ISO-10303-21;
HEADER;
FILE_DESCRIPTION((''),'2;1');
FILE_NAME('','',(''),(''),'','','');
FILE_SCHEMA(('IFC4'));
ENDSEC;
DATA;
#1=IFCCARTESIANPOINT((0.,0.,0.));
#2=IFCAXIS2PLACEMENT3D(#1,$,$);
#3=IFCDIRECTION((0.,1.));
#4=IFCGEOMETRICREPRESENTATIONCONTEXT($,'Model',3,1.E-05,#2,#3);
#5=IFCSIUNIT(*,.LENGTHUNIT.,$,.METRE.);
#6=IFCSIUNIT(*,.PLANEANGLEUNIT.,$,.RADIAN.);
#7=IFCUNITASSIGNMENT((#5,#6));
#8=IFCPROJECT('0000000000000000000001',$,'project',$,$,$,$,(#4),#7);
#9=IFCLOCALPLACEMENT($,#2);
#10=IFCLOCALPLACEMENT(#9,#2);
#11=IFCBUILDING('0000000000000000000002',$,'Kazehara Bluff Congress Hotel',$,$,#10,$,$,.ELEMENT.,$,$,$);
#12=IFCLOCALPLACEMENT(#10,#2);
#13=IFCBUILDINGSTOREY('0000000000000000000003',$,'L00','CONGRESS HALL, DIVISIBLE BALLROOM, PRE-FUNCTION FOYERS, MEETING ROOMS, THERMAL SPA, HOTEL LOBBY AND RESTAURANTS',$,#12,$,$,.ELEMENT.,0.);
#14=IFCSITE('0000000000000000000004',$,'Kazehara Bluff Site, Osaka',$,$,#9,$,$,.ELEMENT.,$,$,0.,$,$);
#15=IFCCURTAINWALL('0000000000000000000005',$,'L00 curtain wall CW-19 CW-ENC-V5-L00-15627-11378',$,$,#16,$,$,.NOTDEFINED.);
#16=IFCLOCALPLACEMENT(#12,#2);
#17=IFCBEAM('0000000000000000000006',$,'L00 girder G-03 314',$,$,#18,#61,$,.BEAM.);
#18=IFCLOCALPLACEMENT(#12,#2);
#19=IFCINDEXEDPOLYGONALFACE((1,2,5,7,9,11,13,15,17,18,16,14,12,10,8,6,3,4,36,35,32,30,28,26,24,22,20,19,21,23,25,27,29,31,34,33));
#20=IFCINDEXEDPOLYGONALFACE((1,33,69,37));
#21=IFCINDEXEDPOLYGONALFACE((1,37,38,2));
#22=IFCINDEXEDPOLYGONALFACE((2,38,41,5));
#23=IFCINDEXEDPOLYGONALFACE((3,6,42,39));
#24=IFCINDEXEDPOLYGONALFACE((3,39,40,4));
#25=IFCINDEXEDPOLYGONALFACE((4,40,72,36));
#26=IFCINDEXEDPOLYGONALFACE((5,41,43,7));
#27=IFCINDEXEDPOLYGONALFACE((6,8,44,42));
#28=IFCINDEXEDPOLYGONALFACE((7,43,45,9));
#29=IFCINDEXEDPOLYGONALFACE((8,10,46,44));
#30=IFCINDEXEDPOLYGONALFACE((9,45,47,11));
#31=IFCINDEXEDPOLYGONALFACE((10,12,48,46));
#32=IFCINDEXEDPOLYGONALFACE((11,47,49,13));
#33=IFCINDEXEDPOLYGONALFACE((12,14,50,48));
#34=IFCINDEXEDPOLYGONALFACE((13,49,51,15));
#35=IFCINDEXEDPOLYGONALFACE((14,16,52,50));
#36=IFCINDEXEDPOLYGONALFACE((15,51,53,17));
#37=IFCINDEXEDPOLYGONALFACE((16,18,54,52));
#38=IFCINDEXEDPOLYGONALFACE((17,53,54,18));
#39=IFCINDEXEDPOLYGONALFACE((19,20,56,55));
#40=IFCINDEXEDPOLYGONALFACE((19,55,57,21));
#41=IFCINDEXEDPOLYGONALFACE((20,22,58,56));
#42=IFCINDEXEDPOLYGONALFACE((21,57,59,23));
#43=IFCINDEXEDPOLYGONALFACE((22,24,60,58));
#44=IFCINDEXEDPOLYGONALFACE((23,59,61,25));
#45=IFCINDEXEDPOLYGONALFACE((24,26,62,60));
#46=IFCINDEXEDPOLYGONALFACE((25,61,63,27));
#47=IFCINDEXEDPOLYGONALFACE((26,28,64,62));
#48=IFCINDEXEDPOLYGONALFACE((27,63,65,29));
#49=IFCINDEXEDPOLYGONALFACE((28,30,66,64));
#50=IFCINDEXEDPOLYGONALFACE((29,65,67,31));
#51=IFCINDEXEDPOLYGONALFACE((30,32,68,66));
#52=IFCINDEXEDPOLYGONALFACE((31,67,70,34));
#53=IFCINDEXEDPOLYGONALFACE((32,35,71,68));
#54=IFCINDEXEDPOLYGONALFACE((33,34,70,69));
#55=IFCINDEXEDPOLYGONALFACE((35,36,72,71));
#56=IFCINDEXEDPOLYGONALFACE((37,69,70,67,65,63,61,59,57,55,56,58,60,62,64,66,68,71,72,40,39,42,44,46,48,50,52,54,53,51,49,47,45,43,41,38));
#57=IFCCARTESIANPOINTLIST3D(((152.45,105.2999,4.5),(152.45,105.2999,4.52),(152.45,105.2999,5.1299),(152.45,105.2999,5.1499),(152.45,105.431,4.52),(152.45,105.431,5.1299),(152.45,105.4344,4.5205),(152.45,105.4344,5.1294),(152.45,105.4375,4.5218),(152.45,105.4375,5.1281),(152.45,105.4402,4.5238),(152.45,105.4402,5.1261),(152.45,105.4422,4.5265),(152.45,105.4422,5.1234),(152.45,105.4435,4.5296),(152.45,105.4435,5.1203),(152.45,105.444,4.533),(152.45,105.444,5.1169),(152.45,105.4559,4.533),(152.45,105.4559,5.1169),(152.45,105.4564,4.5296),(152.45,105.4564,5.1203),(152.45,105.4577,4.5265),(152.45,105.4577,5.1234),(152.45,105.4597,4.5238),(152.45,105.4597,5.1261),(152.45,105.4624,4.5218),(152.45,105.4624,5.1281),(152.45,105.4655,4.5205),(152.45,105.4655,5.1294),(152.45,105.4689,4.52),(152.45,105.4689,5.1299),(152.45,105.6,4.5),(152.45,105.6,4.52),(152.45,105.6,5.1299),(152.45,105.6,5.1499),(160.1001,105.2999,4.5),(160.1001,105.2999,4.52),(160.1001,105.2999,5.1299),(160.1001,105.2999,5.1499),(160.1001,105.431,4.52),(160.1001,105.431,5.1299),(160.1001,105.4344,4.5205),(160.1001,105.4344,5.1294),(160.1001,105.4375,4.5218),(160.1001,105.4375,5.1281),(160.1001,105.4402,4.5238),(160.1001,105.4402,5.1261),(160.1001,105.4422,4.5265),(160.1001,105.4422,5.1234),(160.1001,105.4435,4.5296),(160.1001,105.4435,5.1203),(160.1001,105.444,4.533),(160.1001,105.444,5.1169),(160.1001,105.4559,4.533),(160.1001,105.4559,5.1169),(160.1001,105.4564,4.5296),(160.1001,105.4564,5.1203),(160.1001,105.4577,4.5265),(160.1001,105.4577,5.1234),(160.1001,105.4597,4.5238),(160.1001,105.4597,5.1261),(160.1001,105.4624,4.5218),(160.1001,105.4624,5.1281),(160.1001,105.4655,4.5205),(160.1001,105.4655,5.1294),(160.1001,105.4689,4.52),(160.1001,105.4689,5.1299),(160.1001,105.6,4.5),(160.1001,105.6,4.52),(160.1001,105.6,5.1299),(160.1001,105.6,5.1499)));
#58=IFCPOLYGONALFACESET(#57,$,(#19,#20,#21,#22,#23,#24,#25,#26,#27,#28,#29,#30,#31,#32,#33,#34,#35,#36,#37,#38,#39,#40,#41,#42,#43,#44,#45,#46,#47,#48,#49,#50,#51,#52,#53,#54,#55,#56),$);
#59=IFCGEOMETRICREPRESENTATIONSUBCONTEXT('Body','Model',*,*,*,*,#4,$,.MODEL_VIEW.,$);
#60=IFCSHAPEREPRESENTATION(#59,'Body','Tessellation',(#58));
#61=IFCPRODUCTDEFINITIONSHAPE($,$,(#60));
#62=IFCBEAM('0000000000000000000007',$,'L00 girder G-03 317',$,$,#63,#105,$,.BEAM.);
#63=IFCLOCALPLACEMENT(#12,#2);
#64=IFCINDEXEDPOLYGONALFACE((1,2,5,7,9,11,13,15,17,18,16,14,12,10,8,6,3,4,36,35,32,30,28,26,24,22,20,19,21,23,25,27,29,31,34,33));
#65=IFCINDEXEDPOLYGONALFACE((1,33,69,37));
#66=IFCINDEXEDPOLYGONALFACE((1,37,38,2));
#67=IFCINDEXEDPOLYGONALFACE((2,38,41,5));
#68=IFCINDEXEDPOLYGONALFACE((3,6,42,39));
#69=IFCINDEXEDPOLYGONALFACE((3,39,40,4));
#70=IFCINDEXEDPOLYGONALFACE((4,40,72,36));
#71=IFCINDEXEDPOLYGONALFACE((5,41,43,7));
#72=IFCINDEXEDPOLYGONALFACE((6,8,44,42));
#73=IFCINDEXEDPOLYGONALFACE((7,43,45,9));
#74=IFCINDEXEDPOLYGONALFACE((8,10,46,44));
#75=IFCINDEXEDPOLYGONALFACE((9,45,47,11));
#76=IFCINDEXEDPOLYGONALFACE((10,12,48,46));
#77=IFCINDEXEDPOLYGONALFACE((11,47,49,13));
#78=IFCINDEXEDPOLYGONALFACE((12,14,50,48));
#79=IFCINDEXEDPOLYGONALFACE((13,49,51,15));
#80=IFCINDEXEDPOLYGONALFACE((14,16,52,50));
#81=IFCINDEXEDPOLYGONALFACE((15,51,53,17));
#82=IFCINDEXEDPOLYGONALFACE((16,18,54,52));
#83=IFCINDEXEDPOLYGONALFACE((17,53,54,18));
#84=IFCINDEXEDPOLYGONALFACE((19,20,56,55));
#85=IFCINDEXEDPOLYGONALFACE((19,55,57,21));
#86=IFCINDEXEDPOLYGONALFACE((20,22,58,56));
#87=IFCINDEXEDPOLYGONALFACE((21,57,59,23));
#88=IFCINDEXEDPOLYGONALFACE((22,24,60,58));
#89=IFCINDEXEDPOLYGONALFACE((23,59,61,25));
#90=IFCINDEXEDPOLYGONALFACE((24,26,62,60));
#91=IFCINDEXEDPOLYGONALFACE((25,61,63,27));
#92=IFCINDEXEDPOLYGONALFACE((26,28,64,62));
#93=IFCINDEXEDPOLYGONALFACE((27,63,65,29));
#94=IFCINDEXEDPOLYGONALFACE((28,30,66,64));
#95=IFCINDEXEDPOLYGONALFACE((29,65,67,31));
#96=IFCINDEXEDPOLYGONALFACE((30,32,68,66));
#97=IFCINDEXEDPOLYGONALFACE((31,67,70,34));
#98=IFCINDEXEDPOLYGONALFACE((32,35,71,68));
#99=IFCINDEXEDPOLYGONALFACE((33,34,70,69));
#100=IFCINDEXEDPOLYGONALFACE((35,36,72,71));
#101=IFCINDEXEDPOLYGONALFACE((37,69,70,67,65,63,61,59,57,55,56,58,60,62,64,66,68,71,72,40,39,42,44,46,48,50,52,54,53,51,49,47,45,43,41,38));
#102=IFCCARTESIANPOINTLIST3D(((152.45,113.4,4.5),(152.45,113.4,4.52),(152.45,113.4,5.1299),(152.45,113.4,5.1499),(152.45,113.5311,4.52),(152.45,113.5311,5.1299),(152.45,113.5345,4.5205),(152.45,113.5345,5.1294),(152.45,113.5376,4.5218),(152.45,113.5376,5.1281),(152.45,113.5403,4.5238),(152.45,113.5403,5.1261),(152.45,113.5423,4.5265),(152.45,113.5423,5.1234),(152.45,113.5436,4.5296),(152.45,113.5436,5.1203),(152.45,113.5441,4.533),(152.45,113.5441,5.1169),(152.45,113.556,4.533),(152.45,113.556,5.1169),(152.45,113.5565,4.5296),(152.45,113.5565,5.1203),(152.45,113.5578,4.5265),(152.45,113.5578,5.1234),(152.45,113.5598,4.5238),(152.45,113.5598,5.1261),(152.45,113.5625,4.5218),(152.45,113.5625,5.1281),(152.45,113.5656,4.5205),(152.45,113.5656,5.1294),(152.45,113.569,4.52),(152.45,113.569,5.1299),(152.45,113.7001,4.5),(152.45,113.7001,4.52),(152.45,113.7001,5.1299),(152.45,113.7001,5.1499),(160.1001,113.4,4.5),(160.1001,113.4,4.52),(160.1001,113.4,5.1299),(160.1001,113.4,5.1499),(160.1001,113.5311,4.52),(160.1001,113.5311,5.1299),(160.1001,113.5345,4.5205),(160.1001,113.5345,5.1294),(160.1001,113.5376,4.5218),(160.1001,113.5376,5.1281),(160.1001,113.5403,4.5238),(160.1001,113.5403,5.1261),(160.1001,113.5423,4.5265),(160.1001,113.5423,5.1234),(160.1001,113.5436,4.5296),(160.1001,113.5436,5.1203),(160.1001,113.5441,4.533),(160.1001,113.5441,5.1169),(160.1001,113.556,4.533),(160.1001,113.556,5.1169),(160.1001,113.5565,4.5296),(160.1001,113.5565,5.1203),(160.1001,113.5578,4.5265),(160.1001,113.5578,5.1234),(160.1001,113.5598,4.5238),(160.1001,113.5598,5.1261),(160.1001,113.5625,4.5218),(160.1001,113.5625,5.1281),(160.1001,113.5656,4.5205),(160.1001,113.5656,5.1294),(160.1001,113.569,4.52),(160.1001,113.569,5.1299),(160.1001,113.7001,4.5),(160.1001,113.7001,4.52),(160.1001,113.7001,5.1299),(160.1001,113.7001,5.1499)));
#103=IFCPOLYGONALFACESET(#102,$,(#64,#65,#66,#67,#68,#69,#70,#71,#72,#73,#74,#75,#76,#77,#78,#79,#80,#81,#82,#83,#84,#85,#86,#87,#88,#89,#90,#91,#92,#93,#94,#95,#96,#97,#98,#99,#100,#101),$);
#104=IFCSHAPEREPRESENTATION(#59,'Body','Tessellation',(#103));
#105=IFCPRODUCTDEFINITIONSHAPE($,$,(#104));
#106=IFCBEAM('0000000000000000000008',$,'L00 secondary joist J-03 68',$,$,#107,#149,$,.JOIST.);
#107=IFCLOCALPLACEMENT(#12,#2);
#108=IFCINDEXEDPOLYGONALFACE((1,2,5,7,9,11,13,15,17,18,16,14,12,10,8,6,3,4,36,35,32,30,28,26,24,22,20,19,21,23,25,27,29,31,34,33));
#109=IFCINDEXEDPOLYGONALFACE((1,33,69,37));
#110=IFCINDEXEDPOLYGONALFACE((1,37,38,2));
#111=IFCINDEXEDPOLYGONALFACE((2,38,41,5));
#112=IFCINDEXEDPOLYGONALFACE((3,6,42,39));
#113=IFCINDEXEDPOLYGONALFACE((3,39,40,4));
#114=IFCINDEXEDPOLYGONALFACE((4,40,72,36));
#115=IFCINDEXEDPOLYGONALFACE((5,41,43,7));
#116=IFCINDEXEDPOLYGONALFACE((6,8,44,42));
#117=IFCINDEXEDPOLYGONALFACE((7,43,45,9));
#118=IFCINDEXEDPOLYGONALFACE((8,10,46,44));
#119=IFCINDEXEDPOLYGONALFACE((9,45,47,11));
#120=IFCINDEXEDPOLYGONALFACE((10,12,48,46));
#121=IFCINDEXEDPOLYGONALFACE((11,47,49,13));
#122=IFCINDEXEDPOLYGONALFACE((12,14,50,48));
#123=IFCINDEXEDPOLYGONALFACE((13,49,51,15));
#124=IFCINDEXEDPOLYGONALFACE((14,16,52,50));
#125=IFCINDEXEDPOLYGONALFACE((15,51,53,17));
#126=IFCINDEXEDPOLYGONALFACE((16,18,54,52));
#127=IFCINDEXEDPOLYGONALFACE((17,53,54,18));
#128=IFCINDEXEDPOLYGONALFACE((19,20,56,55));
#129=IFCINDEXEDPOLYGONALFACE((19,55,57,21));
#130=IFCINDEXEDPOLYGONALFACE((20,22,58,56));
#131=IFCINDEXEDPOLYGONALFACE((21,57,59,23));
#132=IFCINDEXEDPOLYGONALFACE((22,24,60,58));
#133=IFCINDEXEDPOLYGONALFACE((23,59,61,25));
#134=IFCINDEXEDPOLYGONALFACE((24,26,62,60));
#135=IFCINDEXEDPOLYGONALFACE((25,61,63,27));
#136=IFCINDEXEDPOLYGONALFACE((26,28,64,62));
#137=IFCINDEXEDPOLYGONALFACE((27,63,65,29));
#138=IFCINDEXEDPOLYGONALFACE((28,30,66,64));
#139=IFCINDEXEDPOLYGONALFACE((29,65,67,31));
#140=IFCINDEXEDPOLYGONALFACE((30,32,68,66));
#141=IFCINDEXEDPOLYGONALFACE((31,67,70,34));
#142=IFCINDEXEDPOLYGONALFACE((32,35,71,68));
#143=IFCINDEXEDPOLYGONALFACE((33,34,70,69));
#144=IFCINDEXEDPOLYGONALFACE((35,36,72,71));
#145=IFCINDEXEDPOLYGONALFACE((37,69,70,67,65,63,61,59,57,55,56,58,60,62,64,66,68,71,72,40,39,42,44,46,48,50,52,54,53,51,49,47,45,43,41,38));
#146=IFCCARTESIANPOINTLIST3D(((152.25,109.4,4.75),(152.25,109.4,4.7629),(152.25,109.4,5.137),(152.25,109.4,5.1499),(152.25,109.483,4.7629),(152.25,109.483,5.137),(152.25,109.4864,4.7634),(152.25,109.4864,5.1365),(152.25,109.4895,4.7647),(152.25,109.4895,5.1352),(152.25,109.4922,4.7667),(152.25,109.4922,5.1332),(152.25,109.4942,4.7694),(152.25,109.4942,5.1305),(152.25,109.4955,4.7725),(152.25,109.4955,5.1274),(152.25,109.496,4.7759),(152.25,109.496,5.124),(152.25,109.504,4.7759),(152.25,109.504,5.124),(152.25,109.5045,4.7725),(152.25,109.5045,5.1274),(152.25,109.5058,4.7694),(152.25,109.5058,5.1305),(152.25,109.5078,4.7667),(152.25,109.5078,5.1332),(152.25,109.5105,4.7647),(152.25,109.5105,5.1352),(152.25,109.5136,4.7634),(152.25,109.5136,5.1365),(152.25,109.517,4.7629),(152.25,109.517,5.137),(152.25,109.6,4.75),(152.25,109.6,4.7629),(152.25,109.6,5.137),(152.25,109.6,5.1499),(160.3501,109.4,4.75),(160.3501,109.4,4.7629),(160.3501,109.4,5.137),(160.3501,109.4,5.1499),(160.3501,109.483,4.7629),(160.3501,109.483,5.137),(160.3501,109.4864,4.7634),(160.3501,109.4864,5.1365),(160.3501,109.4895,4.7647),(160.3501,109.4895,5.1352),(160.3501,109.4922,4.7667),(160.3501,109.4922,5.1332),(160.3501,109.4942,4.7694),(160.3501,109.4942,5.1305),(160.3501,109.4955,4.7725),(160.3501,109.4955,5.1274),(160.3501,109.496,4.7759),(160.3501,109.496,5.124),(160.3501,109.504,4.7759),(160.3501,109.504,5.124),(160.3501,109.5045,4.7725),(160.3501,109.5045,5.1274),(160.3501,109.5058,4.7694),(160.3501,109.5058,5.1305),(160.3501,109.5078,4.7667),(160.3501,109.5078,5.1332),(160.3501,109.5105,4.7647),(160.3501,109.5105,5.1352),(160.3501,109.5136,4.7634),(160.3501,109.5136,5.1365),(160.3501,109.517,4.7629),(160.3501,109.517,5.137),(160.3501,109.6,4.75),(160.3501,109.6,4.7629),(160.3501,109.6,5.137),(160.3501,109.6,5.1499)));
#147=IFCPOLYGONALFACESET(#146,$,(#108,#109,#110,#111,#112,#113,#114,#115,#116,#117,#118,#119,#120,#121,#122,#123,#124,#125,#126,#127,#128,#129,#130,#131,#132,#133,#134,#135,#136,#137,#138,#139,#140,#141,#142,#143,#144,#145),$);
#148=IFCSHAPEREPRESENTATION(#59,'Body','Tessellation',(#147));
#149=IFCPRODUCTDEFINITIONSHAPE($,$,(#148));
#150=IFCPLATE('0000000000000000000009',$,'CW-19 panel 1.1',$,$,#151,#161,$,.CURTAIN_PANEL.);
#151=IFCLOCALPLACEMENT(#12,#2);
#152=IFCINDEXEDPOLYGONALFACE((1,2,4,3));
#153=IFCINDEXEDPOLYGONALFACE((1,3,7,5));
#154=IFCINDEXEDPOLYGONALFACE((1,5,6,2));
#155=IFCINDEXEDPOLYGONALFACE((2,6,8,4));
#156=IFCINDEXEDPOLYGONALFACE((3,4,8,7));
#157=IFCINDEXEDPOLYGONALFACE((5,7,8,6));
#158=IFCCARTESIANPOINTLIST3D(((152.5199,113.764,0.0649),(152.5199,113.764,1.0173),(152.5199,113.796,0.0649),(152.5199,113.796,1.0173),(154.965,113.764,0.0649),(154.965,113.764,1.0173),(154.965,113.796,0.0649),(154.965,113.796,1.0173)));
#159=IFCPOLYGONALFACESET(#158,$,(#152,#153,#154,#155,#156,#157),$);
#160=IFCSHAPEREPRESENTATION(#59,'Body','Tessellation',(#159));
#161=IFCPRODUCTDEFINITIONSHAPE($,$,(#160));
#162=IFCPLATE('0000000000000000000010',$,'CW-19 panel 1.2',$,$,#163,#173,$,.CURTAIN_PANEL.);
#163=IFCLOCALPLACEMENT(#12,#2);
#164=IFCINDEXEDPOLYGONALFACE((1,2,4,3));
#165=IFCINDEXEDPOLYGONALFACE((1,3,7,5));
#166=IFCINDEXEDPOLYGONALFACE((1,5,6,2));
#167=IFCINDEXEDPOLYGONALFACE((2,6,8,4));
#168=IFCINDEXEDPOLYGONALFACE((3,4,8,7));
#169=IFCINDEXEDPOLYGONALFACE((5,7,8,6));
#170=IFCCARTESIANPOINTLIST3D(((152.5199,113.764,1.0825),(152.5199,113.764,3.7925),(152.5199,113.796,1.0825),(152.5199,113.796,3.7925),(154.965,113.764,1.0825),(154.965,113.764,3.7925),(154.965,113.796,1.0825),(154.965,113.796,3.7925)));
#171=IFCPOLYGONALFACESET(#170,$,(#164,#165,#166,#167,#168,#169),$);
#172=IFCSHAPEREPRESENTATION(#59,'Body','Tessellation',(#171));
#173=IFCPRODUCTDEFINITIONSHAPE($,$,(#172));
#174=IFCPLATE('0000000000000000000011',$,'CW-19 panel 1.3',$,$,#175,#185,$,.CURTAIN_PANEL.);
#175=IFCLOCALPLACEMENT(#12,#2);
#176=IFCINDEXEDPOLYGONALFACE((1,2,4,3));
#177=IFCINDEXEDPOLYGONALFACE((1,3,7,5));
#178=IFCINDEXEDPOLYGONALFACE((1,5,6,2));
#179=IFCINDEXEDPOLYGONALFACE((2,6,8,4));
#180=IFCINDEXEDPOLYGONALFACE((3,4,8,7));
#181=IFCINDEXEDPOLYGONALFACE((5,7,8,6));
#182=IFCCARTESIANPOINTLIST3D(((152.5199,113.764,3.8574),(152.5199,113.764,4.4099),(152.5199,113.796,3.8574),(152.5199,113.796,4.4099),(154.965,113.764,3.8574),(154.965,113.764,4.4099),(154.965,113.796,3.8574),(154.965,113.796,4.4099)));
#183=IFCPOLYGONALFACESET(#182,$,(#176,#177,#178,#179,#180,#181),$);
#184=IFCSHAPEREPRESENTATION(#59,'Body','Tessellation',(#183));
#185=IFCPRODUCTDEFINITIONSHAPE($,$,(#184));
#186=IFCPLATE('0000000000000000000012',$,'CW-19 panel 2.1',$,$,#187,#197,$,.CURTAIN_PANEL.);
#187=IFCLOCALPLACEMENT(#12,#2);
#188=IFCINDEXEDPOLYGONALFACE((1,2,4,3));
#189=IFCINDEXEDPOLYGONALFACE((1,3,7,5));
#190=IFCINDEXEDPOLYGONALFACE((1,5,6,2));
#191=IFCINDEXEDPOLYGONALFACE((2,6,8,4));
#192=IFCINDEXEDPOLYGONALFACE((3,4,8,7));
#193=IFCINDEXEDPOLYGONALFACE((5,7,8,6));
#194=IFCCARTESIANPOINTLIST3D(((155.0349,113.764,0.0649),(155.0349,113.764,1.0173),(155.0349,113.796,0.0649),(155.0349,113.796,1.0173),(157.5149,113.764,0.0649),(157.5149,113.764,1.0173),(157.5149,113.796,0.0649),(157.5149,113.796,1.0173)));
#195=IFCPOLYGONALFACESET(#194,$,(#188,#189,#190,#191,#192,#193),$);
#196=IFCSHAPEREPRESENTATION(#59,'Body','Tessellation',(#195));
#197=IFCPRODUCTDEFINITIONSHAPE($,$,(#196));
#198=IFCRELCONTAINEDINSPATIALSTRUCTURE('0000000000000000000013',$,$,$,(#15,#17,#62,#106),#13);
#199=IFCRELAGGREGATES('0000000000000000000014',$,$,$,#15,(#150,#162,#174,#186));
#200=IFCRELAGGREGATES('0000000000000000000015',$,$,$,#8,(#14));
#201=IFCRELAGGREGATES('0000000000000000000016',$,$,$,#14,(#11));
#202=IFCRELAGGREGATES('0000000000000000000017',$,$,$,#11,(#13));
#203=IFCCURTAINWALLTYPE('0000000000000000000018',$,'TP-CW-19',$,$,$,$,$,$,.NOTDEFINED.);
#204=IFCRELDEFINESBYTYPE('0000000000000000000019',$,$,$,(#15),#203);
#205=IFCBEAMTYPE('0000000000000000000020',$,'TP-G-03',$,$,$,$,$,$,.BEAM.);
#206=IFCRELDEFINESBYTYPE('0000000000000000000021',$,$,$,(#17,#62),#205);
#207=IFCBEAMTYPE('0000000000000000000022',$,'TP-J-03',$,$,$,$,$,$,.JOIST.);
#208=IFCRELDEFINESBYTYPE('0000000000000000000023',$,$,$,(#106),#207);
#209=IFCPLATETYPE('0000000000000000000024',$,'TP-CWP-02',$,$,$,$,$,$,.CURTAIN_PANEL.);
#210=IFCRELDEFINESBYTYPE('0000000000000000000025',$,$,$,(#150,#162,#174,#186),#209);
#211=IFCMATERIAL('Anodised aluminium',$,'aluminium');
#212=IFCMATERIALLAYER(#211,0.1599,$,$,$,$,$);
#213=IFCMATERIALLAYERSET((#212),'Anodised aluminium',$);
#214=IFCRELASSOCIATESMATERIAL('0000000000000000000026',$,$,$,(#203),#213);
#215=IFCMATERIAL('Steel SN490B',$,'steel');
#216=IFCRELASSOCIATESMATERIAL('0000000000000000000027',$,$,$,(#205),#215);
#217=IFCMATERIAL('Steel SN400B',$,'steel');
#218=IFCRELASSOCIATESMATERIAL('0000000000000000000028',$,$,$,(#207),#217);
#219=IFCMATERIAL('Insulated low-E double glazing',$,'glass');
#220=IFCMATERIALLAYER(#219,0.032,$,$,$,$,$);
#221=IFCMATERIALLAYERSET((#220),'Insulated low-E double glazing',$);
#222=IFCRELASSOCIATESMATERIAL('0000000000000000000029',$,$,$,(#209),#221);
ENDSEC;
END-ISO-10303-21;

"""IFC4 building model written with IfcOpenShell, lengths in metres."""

from ifc_helpers import new_model, si_unit, direction, frame, origin, origin_2d, place, context, subcontext, project, spatial, rectangle, i_section, extrude, material, layer, layer_set, material_profile, profile_set, type_object, element, aggregate, save


model = new_model("IFC4")

# Units and contexts
model_context = context("Model", 3, precision=1e-05, world=origin(), true_north=direction((0.0, 1.0)))
body_context = subcontext(model_context, "Body", "Model", "MODEL_VIEW")
ifc_project = project(units=[si_unit("LENGTHUNIT", "METRE"), si_unit("PLANEANGLEUNIT", "RADIAN")], contexts=[model_context])

# Site, building, storey
site_placement = place(None, origin())
site = spatial("IfcSite", under=ifc_project, at=site_placement, Name="Kazehara Bluff Site, Osaka", CompositionType="ELEMENT", RefElevation=0.0)
building_placement = place(site_placement, origin())
building = spatial("IfcBuilding", under=site, at=building_placement, Name="Kazehara Bluff Congress Hotel", CompositionType="ELEMENT")
storey_placement = place(building_placement, origin())
storey = spatial("IfcBuildingStorey", under=building, at=storey_placement, Name="L00", Description="CONGRESS HALL, DIVISIBLE BALLROOM, PRE-FUNCTION FOYERS, MEETING ROOMS, THERMAL SPA, HOTEL LOBBY AND RESTAURANTS", CompositionType="ELEMENT", Elevation=0.0)

# Shared definitions
ifc_material_1 = material(Name="Anodised aluminium", Category="aluminium")
ifc_layer_1 = layer(ifc_material_1, 0.1599)
ifc_layer_set_1 = layer_set([ifc_layer_1], Name="Anodised aluminium")
curtain_wall_type = type_object("IfcCurtainWallType", Name="TP-CW-19", PredefinedType="NOTDEFINED", material=ifc_layer_set_1)

# Curtain wall
curtain_wall_1_placement = place(storey_placement, origin())
curtain_wall_1 = element("IfcCurtainWall", 1, at=curtain_wall_1_placement, inside=storey, type_object=curtain_wall_type, Name="L00 curtain wall CW-19 CW-ENC-V5-L00-15627-11378", PredefinedType="NOTDEFINED")

# Beams
ifc_material_2 = material(Name="Steel SN490B", Category="steel")
ifc_material_profile_1 = material_profile(ifc_material_2, i_section(OverallWidth=0.3, OverallDepth=0.6499, WebThickness=0.012, FlangeThickness=0.02, FilletRadius=0.0129, at=origin_2d()))
ifc_profile_set_1 = profile_set([ifc_material_profile_1], Name="Steel SN490B")
beam_type_1 = type_object("IfcBeamType", Name="TP-G-03", PredefinedType="BEAM", material=ifc_profile_set_1)
for number, where, z_axis, x_axis, name in (
    (2, (152.45, 105.45, 4.825), (1.0, 0.0, 0.0), (0.0, 1.0, 0.0), "L00 girder G-03 314"),
    (3, (152.45, 113.55, 4.825), (1.0, 0.0, 0.0), (0.0, 1.0, 0.0), "L00 girder G-03 317"),
):
    element("IfcBeam", number, at=place(storey_placement, frame(where, z_axis=z_axis, x_axis=x_axis)), inside=storey, type_object=beam_type_1, Name=name, PredefinedType="BEAM", context=body_context, shape_type="SweptSolid", body=[
        extrude(i_section(OverallWidth=0.3, OverallDepth=0.6499, WebThickness=0.012, FlangeThickness=0.02, FilletRadius=0.0129, at=origin_2d()), origin(), (0.0, 0.0, 1.0), 7.6501),
    ])
ifc_material_3 = material(Name="Steel SN400B", Category="steel")
ifc_material_profile_2 = material_profile(ifc_material_3, i_section(OverallWidth=0.2, OverallDepth=0.3999, WebThickness=0.0081, FlangeThickness=0.0129, FilletRadius=0.0129, at=origin_2d()))
ifc_profile_set_2 = profile_set([ifc_material_profile_2], Name="Steel SN400B")
beam_type_2 = type_object("IfcBeamType", Name="TP-J-03", PredefinedType="JOIST", material=ifc_profile_set_2)
beam_1_placement = place(storey_placement, frame((152.25, 109.5, 4.95), z_axis=(1.0, 0.0, 0.0), x_axis=(0.0, 1.0, 0.0)))
element("IfcBeam", 4, at=beam_1_placement, inside=storey, type_object=beam_type_2, Name="L00 secondary joist J-03 68", PredefinedType="JOIST", context=body_context, shape_type="SweptSolid", body=[
    extrude(i_section(OverallWidth=0.2, OverallDepth=0.3999, WebThickness=0.0081, FlangeThickness=0.0129, FilletRadius=0.0129, at=origin_2d()), origin(), (0.0, 0.0, 1.0), 8.1001),
])

# Plates
ifc_material_4 = material(Name="Insulated low-E double glazing", Category="glass")
ifc_layer_2 = layer(ifc_material_4, 0.032)
ifc_layer_set_2 = layer_set([ifc_layer_2], Name="Insulated low-E double glazing")
plate_type = type_object("IfcPlateType", Name="TP-CWP-02", PredefinedType="CURTAIN_PANEL", material=ifc_layer_set_2)
plate_1_placement = place(storey_placement, frame((153.7424, 113.78, 0.0649), z_axis=(0.0, 0.0, 1.0), x_axis=(1.0, 0.0, 0.0)))
plate_1 = element("IfcPlate", 5, at=plate_1_placement, type_object=plate_type, Name="CW-19 panel 1.1", PredefinedType="CURTAIN_PANEL", context=body_context, shape_type="SweptSolid", body=[
    extrude(rectangle(XDim=2.4451, YDim=0.032, at=origin_2d()), origin(), (0.0, 0.0, 1.0), 0.9524),
])
plate_2_placement = place(storey_placement, frame((153.7424, 113.78, 1.0825), z_axis=(0.0, 0.0, 1.0), x_axis=(1.0, 0.0, 0.0)))
plate_2 = element("IfcPlate", 6, at=plate_2_placement, type_object=plate_type, Name="CW-19 panel 1.2", PredefinedType="CURTAIN_PANEL", context=body_context, shape_type="SweptSolid", body=[
    extrude(rectangle(XDim=2.4451, YDim=0.032, at=origin_2d()), origin(), (0.0, 0.0, 1.0), 2.71),
])
plate_3_placement = place(storey_placement, frame((153.7424, 113.78, 3.8574), z_axis=(0.0, 0.0, 1.0), x_axis=(1.0, 0.0, 0.0)))
plate_3 = element("IfcPlate", 7, at=plate_3_placement, type_object=plate_type, Name="CW-19 panel 1.3", PredefinedType="CURTAIN_PANEL", context=body_context, shape_type="SweptSolid", body=[
    extrude(rectangle(XDim=2.4451, YDim=0.032, at=origin_2d()), origin(), (0.0, 0.0, 1.0), 0.5525),
])
plate_4_placement = place(storey_placement, frame((156.2749, 113.78, 0.0649), z_axis=(0.0, 0.0, 1.0), x_axis=(1.0, 0.0, 0.0)))
plate_4 = element("IfcPlate", 8, at=plate_4_placement, type_object=plate_type, Name="CW-19 panel 2.1", PredefinedType="CURTAIN_PANEL", context=body_context, shape_type="SweptSolid", body=[
    extrude(rectangle(XDim=2.48, YDim=0.032, at=origin_2d()), origin(), (0.0, 0.0, 1.0), 0.9524),
])
aggregate(curtain_wall_1, [plate_1, plate_2, plate_3, plate_4])

save(model, "model.ifc")
